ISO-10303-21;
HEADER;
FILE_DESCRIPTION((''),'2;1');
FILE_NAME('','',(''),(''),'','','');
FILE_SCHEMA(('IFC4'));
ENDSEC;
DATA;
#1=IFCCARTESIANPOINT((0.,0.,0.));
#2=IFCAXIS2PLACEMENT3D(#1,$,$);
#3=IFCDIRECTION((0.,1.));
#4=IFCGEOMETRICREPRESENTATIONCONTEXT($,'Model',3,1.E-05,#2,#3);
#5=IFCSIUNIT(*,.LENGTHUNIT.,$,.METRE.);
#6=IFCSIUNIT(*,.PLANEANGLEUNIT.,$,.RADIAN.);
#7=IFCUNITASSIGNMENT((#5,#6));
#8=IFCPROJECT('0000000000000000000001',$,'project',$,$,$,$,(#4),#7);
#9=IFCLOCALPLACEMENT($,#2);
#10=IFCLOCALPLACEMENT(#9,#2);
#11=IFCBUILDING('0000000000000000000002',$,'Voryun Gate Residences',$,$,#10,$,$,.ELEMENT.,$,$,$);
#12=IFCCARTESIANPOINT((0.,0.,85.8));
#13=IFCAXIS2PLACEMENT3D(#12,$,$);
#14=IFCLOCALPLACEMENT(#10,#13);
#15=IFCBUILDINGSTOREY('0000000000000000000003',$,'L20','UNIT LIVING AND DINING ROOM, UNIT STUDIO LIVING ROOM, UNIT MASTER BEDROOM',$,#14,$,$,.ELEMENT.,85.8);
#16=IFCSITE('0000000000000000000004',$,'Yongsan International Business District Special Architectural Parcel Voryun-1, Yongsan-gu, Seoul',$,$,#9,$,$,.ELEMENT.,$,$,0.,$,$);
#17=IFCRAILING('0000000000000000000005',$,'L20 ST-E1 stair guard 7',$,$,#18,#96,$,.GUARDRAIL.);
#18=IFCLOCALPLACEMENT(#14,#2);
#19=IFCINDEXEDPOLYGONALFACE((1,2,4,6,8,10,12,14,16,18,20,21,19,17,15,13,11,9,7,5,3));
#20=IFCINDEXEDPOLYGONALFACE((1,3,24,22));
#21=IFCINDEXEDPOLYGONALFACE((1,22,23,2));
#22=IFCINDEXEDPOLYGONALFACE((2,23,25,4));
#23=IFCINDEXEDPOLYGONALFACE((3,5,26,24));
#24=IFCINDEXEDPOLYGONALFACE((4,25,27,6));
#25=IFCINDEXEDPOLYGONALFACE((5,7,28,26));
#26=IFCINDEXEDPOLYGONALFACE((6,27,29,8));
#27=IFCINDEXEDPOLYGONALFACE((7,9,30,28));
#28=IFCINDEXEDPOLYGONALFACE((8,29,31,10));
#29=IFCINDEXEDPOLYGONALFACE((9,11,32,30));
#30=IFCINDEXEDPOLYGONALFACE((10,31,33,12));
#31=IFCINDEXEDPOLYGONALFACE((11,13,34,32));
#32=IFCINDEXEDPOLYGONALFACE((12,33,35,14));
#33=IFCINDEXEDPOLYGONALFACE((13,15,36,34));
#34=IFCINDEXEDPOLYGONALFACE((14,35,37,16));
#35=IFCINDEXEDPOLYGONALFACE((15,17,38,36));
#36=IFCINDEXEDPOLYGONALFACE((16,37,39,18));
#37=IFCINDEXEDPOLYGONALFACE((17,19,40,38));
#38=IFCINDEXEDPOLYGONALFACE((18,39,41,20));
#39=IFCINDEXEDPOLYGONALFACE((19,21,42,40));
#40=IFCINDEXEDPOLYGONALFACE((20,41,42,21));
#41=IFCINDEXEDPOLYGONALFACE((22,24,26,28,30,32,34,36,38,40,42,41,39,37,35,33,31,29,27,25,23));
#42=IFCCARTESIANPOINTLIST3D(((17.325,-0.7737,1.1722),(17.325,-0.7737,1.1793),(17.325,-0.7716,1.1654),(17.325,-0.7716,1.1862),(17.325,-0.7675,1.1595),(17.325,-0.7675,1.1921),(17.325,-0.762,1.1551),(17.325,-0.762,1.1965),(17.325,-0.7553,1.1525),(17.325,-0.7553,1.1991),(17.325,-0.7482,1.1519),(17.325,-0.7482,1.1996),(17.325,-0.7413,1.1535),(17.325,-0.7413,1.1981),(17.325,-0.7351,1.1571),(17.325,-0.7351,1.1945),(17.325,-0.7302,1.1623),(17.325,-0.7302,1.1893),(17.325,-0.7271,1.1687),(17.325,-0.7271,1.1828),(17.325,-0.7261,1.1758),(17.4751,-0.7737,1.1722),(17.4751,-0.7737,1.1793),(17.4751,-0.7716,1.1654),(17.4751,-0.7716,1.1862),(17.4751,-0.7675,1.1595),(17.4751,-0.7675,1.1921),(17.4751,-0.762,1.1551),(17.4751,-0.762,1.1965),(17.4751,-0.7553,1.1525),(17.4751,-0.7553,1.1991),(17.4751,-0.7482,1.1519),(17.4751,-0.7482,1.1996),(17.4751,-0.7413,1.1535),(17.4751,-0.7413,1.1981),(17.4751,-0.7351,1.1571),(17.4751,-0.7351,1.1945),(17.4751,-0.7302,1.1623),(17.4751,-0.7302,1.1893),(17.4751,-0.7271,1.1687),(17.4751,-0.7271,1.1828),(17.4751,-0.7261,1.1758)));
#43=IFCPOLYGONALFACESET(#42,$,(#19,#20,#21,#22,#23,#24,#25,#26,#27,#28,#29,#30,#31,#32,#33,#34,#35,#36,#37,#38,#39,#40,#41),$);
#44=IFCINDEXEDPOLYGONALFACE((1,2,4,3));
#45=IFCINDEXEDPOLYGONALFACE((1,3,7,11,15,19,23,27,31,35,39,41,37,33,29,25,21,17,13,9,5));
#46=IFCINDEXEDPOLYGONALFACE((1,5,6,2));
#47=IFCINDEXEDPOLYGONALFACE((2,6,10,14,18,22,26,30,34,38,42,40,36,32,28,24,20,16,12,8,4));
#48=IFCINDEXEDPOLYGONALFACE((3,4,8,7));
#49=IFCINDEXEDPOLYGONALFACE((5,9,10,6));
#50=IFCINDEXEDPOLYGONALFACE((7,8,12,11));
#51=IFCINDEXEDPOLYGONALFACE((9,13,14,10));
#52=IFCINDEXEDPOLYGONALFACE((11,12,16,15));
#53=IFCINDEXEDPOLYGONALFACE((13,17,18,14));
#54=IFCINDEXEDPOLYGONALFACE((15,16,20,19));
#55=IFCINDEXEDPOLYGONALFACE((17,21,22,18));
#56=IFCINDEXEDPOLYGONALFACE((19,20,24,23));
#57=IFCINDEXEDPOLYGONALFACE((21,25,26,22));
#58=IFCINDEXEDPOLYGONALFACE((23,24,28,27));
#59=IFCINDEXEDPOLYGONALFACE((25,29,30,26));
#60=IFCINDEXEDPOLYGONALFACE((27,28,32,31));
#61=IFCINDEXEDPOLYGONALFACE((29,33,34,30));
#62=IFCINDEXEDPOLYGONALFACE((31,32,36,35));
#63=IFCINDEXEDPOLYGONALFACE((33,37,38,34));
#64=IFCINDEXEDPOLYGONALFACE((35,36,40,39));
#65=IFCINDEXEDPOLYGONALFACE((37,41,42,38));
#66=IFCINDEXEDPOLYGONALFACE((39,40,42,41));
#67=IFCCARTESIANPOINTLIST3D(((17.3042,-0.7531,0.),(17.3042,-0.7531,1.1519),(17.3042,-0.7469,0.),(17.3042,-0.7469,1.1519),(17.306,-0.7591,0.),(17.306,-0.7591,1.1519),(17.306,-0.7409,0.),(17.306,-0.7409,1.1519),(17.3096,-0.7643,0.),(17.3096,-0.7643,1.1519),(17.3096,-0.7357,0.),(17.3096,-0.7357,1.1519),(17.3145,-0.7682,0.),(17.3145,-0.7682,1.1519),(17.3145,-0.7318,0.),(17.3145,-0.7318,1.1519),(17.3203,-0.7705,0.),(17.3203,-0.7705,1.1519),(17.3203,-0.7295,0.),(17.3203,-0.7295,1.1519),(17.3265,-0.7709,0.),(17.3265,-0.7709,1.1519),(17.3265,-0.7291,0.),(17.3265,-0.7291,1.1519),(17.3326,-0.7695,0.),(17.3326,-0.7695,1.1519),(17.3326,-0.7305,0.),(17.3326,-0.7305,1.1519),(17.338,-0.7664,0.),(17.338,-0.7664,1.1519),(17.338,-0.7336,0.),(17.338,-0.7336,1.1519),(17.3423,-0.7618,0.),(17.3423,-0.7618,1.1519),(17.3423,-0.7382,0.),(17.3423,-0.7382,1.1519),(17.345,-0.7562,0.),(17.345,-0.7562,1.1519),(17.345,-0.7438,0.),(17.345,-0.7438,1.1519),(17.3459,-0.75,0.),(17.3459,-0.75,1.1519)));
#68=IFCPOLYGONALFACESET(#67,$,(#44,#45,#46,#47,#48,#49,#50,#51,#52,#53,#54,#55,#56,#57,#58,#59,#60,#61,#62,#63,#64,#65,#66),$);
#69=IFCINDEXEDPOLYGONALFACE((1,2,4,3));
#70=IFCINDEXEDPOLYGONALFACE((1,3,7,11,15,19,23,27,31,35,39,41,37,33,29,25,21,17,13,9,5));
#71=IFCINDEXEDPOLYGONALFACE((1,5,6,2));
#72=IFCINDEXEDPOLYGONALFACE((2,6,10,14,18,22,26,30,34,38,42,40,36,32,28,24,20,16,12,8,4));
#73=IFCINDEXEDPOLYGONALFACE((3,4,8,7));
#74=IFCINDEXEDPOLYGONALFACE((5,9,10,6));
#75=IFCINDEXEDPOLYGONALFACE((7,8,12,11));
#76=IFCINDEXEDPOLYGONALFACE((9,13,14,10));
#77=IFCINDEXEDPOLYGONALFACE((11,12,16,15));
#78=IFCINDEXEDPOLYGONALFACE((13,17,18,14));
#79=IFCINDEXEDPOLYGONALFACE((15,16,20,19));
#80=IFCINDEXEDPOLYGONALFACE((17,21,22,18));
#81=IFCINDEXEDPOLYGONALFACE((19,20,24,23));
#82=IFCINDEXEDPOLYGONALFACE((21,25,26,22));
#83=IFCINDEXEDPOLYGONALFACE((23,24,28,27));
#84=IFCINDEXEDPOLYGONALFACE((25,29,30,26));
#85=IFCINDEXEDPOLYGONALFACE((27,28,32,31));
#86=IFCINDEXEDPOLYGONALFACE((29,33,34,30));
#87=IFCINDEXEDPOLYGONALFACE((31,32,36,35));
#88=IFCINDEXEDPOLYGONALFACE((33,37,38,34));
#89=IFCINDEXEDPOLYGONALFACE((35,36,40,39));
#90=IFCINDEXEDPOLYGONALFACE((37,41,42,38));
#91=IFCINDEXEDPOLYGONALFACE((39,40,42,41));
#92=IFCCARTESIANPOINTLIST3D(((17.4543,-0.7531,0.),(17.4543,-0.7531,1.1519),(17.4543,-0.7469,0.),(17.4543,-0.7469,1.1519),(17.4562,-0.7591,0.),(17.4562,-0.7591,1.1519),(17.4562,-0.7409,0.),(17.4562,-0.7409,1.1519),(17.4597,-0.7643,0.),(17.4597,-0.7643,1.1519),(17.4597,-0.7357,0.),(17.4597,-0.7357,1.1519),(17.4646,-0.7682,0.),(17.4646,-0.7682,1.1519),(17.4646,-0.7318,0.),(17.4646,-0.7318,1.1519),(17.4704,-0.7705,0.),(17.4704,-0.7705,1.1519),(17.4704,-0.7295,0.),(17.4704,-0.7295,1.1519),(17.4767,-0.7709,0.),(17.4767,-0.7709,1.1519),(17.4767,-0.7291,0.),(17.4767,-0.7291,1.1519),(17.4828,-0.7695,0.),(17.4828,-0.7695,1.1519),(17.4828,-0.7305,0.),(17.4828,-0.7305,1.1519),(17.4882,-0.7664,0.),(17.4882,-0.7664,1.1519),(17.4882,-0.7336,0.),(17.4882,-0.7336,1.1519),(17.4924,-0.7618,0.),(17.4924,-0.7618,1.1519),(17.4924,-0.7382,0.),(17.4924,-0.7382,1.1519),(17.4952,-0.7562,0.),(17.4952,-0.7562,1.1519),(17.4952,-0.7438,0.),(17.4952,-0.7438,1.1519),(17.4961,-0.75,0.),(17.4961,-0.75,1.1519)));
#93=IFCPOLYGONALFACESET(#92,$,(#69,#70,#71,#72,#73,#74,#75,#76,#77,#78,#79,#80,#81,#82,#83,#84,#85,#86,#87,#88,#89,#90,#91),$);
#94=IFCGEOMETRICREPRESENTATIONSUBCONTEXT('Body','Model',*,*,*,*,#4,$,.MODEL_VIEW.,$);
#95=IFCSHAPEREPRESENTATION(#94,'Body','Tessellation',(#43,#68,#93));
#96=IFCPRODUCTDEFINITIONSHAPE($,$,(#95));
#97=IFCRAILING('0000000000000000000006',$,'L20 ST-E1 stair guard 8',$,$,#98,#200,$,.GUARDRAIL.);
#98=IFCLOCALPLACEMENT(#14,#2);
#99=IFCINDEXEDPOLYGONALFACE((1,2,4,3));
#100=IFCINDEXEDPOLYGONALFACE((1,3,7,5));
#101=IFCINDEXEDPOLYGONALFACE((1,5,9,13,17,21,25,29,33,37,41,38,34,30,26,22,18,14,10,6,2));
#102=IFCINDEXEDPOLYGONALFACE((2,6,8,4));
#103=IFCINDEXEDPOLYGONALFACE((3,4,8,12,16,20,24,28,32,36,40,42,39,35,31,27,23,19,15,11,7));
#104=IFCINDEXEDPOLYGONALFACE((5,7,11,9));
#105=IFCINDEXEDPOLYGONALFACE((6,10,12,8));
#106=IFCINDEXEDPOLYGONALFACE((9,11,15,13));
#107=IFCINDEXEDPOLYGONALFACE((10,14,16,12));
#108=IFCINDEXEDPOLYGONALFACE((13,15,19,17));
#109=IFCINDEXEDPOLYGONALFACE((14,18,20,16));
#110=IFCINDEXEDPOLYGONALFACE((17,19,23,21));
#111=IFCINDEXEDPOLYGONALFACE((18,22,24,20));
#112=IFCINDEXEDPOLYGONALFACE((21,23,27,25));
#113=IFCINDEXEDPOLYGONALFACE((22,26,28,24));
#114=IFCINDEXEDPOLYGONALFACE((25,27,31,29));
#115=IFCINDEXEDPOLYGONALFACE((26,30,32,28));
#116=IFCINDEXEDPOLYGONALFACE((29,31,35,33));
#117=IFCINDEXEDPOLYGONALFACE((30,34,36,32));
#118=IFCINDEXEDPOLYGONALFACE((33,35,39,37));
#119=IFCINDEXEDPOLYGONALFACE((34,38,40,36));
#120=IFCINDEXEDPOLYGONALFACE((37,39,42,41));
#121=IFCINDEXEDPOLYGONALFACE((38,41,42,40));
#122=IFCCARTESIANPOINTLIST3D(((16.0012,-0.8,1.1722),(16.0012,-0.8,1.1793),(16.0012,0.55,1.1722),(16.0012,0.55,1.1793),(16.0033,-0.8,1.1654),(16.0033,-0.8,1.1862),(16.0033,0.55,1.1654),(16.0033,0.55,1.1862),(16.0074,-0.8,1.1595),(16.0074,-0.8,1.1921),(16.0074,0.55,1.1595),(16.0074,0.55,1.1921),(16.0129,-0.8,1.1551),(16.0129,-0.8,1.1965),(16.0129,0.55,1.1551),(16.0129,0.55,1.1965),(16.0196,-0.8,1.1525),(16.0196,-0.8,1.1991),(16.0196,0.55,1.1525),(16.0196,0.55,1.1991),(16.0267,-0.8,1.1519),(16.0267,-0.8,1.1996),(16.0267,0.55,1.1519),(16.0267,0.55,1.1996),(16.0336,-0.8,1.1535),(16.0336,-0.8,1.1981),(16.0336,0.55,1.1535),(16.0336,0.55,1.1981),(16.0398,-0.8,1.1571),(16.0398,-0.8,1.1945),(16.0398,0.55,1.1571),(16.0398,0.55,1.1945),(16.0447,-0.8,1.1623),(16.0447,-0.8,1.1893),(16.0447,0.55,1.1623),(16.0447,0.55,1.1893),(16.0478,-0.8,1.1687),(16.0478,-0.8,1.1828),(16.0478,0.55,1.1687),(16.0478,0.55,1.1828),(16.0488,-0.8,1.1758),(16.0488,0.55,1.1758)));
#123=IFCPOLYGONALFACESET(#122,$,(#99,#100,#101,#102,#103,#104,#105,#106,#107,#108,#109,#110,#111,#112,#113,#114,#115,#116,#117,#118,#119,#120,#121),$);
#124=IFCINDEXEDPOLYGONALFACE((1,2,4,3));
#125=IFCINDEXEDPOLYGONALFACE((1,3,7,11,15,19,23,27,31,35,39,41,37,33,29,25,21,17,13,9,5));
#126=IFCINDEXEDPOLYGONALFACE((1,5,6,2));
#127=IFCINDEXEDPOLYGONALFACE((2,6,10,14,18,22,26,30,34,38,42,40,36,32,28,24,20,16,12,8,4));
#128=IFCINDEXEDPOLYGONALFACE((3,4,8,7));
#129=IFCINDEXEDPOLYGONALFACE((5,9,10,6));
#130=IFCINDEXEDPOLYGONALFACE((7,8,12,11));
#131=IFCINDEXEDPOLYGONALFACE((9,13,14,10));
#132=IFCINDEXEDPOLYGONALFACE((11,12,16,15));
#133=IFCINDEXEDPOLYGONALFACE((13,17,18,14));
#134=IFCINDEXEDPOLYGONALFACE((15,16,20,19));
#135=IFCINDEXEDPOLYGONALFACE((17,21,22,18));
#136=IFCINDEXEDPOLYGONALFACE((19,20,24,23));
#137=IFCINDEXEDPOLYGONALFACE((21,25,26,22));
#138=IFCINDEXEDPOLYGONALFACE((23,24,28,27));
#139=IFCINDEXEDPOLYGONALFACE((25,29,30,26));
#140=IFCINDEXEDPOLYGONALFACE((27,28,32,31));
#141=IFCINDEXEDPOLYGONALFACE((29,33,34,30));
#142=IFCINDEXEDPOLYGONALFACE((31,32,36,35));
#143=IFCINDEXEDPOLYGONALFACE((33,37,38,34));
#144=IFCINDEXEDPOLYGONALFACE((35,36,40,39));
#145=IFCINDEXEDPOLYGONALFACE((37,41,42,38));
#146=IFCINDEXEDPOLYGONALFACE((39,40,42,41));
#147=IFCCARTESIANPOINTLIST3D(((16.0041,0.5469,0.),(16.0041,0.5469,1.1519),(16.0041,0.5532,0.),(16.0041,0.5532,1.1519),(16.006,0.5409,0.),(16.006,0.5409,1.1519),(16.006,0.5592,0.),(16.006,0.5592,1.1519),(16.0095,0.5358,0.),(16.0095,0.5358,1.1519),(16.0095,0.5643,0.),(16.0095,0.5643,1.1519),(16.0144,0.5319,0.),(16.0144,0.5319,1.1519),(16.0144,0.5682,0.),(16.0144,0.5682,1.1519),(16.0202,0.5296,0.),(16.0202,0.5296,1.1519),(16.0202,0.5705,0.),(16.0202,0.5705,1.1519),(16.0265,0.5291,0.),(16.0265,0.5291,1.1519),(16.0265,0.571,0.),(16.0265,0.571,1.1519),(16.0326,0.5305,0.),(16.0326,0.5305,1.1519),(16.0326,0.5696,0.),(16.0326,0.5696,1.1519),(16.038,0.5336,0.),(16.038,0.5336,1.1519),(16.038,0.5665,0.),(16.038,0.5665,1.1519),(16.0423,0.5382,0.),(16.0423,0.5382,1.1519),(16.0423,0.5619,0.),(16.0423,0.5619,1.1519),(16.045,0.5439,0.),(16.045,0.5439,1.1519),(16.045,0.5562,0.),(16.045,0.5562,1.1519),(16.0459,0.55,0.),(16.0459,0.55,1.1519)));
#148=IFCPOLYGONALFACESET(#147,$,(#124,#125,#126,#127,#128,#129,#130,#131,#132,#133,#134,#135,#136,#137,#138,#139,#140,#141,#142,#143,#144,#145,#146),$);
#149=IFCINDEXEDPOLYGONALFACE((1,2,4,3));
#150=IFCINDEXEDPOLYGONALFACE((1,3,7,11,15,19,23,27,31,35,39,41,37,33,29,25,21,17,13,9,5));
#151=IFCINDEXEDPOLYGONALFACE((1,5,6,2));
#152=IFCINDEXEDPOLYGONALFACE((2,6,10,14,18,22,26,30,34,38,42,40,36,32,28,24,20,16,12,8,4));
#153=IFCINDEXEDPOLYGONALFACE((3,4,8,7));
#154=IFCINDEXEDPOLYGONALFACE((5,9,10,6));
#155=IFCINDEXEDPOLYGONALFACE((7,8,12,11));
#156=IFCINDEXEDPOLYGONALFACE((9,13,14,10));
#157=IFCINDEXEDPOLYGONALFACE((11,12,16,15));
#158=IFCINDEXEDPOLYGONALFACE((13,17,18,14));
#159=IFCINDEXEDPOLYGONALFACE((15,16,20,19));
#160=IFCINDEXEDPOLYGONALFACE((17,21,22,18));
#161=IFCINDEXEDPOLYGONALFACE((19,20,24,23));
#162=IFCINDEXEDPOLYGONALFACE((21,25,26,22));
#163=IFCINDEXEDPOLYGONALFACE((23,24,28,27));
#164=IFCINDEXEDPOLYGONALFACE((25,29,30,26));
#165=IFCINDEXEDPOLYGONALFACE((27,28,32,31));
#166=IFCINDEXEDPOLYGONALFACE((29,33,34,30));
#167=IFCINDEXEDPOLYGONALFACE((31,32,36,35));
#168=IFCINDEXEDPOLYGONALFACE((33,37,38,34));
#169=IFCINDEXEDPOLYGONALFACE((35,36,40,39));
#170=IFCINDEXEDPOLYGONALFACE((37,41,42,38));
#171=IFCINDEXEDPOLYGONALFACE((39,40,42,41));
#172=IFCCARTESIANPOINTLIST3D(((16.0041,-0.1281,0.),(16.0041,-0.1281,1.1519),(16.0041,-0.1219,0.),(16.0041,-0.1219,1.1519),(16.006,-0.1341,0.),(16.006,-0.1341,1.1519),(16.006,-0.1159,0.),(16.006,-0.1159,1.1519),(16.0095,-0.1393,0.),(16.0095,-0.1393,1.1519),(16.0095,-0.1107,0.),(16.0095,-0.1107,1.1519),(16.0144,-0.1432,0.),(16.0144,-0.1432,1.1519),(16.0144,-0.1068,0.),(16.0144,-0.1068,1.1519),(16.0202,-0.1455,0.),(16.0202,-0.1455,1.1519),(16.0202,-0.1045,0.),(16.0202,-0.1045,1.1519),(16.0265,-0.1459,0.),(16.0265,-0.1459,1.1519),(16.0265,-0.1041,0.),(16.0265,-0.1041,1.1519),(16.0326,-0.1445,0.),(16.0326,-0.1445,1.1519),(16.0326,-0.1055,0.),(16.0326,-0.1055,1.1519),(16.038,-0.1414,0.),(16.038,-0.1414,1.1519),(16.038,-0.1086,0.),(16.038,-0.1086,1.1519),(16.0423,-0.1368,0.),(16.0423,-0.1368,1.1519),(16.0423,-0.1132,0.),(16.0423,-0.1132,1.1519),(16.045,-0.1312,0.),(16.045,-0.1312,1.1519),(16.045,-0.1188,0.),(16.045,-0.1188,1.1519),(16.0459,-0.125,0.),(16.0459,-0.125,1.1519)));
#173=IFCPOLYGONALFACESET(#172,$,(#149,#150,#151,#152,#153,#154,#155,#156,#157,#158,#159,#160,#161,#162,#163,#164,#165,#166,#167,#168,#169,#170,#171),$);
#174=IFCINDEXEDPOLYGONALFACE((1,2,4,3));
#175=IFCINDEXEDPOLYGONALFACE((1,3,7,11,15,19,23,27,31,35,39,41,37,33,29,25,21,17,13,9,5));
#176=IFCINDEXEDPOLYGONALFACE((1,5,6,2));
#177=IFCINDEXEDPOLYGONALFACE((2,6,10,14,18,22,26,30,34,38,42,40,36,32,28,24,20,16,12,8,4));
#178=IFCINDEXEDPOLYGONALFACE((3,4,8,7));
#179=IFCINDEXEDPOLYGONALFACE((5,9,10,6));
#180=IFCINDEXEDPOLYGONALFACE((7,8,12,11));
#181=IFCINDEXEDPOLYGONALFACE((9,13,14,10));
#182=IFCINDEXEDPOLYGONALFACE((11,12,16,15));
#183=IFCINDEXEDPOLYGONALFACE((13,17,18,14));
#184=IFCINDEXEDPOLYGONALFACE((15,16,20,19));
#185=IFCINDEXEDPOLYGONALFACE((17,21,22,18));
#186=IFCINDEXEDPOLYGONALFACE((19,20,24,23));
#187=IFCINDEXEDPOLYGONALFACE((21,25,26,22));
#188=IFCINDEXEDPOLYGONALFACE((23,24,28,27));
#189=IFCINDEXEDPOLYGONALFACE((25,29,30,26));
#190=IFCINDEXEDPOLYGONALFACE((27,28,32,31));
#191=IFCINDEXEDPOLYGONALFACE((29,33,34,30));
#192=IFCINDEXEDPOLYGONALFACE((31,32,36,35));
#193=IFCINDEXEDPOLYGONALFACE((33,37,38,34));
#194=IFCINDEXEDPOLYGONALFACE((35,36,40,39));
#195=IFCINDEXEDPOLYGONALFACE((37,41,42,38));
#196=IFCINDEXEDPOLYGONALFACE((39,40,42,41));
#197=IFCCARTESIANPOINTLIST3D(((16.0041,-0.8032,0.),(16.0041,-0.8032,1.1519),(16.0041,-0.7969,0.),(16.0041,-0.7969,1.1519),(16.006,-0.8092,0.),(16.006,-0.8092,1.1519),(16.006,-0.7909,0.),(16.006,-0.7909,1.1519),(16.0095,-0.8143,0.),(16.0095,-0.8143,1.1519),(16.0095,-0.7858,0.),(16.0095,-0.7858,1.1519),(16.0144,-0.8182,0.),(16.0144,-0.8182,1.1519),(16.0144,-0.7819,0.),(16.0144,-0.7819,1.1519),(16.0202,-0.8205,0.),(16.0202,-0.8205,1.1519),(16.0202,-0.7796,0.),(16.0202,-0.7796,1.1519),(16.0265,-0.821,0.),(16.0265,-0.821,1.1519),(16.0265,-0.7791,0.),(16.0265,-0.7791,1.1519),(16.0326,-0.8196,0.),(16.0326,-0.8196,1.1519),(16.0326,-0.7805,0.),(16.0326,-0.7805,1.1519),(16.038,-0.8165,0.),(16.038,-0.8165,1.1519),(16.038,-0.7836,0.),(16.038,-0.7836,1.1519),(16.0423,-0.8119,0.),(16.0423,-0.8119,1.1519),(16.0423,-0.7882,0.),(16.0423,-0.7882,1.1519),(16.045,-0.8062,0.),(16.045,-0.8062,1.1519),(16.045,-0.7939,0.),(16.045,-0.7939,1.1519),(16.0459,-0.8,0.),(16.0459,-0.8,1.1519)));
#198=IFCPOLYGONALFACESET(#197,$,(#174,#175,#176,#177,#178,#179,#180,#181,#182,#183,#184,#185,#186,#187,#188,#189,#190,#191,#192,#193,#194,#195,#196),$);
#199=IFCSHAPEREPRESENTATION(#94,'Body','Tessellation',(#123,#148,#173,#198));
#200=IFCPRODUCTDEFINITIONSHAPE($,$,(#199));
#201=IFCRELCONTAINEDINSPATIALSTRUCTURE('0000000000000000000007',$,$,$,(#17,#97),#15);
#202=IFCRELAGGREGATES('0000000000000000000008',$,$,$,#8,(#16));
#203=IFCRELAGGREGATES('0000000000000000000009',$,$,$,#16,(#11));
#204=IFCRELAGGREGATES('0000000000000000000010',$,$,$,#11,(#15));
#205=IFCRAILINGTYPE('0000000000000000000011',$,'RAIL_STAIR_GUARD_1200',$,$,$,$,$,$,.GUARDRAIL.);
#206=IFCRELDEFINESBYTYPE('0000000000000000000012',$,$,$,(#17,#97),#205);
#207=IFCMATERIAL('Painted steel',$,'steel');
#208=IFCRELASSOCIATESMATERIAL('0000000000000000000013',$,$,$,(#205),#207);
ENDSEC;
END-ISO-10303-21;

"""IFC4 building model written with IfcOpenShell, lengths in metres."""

from ifc_helpers import new_model, si_unit, direction, frame, origin, origin_2d, place, context, subcontext, project, spatial, circle, extrude, material, type_object, element, save


model = new_model("IFC4")

# Units and contexts
model_context = context("Model", 3, precision=1e-05, world=origin(), true_north=direction((0.0, 1.0)))
body_context = subcontext(model_context, "Body", "Model", "MODEL_VIEW")
ifc_project = project(units=[si_unit("LENGTHUNIT", "METRE"), si_unit("PLANEANGLEUNIT", "RADIAN")], contexts=[model_context])

# Site, building, storey
site_placement = place(None, origin())
site = spatial("IfcSite", under=ifc_project, at=site_placement, Name="Yongsan International Business District Special Architectural Parcel Voryun-1, Yongsan-gu, Seoul", CompositionType="ELEMENT", RefElevation=0.0)
building_placement = place(site_placement, origin())
building = spatial("IfcBuilding", under=site, at=building_placement, Name="Voryun Gate Residences", CompositionType="ELEMENT")
storey_placement = place(building_placement, frame((0.0, 0.0, 85.8)))
storey = spatial("IfcBuildingStorey", under=building, at=storey_placement, Name="L20", Description="UNIT LIVING AND DINING ROOM, UNIT STUDIO LIVING ROOM, UNIT MASTER BEDROOM", CompositionType="ELEMENT", Elevation=85.8)

# Railings
ifc_material_1 = material(Name="Painted steel", Category="steel")
railing_type_1 = type_object("IfcRailingType", Name="RAIL_STAIR_GUARD_1200", PredefinedType="GUARDRAIL", material=ifc_material_1)
railing_1_placement = place(storey_placement, frame((17.325, -0.75, 0.0)))
element("IfcRailing", 1, at=railing_1_placement, inside=storey, type_object=railing_type_1, Name="L20 ST-E1 stair guard 7", PredefinedType="GUARDRAIL", context=body_context, shape_type="SweptSolid", body=[
    extrude(circle(Radius=0.0239, at=origin_2d()), frame((0.0, 0.0, 1.1758), z_axis=(1.0, 0.0, 0.0), x_axis=(0.0, 1.0, 0.0)), (0.0, 0.0, 1.0), 0.1501),
    extrude(circle(Radius=0.021, at=origin_2d()), origin(), (0.0, 0.0, 1.0), 1.1519),
    extrude(circle(Radius=0.021, at=origin_2d()), frame((0.1501, 0.0, 0.0)), (0.0, 0.0, 1.0), 1.1519),
])
for number, where, name in (
    (2, (16.0249, 0.55, 0.0), "L20 ST-E1 stair guard 8"),
):
    element("IfcRailing", number, at=place(storey_placement, frame(where)), inside=storey, type_object=railing_type_1, Name=name, PredefinedType="GUARDRAIL", context=body_context, shape_type="SweptSolid", body=[
        extrude(circle(Radius=0.0239, at=origin_2d()), frame((0.0, 0.0, 1.1758), z_axis=(0.0, -1.0, 0.0), x_axis=(1.0, 0.0, 0.0)), (0.0, 0.0, 1.0), 1.3501),
        extrude(circle(Radius=0.021, at=origin_2d()), origin(), (0.0, 0.0, 1.0), 1.1519),
        extrude(circle(Radius=0.021, at=origin_2d()), frame((0.0, -0.675, 0.0)), (0.0, 0.0, 1.0), 1.1519),
        extrude(circle(Radius=0.021, at=origin_2d()), frame((0.0, -1.3501, 0.0)), (0.0, 0.0, 1.0), 1.1519),
    ])

save(model, "model.ifc")
